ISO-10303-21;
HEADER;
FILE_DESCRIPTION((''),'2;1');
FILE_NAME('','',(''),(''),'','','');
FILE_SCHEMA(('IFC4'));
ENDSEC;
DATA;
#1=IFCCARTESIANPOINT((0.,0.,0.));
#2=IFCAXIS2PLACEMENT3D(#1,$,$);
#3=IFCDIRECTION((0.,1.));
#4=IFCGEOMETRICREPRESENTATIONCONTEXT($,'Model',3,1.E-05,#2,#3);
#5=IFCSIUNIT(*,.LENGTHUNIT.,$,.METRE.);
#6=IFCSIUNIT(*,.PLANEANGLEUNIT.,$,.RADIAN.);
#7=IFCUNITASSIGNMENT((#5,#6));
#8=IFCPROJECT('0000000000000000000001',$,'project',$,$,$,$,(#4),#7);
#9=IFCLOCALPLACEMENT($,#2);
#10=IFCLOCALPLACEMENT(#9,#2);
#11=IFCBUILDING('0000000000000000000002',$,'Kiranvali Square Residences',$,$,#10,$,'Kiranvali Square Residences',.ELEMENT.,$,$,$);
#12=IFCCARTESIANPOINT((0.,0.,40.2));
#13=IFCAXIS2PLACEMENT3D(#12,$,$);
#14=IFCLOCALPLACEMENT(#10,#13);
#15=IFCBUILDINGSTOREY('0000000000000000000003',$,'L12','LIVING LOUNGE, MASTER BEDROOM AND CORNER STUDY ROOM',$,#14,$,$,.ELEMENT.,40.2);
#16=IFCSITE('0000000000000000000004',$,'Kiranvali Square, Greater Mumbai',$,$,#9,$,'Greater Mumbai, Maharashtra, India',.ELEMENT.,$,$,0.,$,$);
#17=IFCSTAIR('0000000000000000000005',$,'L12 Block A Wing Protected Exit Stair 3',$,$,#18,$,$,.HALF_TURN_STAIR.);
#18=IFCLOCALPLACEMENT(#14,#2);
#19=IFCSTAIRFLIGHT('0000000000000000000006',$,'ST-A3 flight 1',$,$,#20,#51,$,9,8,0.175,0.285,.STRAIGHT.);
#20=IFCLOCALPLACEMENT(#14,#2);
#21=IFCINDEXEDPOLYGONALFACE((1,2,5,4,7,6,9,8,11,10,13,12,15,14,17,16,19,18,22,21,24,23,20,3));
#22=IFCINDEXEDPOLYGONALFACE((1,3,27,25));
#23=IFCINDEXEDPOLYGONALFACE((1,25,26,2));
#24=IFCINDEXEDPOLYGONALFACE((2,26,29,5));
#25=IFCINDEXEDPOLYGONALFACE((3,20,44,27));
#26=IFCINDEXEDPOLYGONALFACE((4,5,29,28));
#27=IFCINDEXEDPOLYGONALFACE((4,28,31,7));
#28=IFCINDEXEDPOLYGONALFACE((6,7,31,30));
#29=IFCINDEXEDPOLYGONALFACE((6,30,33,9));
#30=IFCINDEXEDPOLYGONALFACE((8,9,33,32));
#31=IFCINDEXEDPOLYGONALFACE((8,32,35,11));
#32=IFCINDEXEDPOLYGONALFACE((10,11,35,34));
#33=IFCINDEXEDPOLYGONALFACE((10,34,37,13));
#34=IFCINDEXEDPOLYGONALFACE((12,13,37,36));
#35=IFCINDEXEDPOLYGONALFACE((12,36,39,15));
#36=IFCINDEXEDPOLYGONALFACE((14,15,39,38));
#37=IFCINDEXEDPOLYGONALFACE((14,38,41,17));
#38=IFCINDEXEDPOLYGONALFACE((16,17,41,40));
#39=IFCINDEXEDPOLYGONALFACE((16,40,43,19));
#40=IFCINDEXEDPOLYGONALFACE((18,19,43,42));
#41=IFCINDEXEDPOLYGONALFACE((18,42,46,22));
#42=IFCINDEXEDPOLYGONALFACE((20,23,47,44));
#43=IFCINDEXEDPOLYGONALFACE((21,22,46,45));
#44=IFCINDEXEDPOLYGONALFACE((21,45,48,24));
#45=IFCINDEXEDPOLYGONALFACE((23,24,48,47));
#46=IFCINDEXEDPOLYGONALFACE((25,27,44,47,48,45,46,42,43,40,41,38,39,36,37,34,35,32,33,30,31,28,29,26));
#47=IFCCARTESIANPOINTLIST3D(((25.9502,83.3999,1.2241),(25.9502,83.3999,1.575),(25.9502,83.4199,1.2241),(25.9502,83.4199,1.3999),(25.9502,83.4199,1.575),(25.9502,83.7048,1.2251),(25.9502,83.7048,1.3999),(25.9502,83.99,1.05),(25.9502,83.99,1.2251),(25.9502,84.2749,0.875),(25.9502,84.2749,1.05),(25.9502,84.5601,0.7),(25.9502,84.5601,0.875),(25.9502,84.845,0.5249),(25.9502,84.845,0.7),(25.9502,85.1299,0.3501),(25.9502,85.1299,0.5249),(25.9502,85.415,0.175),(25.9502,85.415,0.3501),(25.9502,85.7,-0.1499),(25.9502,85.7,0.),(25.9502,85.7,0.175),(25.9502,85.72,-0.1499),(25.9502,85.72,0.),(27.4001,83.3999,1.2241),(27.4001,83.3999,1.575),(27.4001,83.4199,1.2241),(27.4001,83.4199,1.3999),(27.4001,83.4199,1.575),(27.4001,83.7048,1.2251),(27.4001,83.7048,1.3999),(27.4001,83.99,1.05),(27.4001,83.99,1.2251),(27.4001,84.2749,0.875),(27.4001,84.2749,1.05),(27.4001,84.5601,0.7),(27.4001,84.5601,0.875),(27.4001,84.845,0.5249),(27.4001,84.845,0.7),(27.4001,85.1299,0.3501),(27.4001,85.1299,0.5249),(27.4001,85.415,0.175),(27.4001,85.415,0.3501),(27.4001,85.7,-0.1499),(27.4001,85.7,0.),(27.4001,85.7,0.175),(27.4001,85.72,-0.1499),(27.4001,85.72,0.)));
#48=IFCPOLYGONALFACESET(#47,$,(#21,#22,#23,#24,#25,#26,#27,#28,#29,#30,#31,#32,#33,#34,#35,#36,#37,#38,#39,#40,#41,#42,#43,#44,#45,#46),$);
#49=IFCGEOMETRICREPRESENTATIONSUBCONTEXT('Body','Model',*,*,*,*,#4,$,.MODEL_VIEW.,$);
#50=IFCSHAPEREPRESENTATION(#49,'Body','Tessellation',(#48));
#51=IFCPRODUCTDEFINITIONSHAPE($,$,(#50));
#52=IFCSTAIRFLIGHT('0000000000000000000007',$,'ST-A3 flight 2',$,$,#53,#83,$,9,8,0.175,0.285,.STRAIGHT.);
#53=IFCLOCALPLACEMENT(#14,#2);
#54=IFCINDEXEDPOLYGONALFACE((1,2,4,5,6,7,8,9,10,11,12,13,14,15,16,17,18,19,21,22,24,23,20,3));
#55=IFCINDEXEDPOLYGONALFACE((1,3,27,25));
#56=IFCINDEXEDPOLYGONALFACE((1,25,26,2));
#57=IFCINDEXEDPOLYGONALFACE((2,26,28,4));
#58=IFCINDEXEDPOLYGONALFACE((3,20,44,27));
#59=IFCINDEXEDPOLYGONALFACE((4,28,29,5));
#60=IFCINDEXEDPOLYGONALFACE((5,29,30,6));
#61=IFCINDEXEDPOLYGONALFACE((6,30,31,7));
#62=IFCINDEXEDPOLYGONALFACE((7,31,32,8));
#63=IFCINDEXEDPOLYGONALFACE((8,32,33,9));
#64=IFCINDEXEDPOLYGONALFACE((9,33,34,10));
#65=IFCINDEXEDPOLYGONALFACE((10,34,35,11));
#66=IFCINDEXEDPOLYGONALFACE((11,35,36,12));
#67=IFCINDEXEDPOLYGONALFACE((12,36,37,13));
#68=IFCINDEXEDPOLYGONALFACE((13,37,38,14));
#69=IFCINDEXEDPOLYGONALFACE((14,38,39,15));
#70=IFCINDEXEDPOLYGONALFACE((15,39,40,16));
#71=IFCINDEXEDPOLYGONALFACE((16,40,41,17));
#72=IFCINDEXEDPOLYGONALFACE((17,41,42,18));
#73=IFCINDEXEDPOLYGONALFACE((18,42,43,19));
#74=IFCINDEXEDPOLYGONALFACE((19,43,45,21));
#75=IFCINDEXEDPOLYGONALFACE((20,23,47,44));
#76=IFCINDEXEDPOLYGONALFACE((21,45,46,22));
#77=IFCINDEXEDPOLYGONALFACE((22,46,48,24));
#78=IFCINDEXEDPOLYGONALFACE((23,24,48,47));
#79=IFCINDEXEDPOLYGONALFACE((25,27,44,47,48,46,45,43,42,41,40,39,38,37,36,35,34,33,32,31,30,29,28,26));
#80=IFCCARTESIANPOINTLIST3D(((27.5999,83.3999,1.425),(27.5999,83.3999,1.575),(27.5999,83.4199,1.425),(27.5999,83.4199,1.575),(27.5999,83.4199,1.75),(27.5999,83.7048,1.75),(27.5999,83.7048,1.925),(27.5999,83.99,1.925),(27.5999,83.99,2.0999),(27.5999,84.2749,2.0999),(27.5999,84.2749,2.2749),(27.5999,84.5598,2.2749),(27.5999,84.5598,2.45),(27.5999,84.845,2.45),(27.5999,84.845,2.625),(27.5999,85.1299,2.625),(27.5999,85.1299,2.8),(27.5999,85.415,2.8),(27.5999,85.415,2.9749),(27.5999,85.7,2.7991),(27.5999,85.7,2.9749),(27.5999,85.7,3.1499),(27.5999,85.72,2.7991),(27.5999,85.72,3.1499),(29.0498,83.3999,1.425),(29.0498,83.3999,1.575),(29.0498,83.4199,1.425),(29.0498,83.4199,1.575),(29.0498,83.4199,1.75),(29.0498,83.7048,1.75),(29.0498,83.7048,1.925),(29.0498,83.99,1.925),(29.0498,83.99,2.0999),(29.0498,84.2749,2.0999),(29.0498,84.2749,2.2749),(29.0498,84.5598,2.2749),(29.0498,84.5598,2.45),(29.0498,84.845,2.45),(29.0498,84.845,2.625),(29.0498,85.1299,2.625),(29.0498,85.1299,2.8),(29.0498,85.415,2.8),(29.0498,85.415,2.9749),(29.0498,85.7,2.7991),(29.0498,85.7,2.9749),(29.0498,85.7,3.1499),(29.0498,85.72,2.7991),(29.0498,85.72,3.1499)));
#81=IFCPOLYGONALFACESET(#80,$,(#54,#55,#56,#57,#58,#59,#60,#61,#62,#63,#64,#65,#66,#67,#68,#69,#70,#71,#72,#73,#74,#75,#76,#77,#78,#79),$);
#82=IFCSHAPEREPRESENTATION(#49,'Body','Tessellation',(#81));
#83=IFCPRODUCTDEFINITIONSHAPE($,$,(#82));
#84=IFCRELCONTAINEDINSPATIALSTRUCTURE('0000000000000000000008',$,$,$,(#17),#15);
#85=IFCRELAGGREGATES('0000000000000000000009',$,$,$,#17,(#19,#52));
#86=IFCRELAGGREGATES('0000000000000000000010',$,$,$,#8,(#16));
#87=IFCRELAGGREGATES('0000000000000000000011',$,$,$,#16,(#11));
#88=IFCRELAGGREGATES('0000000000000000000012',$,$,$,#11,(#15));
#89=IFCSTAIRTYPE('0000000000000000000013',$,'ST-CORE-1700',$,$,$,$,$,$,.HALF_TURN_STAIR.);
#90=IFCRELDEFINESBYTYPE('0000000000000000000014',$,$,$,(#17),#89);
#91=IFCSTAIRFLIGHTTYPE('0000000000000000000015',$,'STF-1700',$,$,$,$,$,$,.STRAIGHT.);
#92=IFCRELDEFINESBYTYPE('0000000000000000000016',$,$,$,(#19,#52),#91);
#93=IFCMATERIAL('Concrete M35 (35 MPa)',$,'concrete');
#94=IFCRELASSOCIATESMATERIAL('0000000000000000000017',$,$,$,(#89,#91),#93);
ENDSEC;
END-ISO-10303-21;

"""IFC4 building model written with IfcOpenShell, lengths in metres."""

from ifc_helpers import new_model, si_unit, direction, frame, origin, place, context, subcontext, project, spatial, polyline, outline, extrude, material, type_object, element, aggregate, save


model = new_model("IFC4")

# Units and contexts
model_context = context("Model", 3, precision=1e-05, world=origin(), true_north=direction((0.0, 1.0)))
body_context = subcontext(model_context, "Body", "Model", "MODEL_VIEW")
ifc_project = project(units=[si_unit("LENGTHUNIT", "METRE"), si_unit("PLANEANGLEUNIT", "RADIAN")], contexts=[model_context])

# Site, building, storey
site_placement = place(None, origin())
site = spatial("IfcSite", under=ifc_project, at=site_placement, Name="Kiranvali Square, Greater Mumbai", LongName="Greater Mumbai, Maharashtra, India", CompositionType="ELEMENT", RefElevation=0.0)
building_placement = place(site_placement, origin())
building = spatial("IfcBuilding", under=site, at=building_placement, Name="Kiranvali Square Residences", LongName="Kiranvali Square Residences", CompositionType="ELEMENT")
storey_placement = place(building_placement, frame((0.0, 0.0, 40.2)))
storey = spatial("IfcBuildingStorey", under=building, at=storey_placement, Name="L12", Description="LIVING LOUNGE, MASTER BEDROOM AND CORNER STUDY ROOM", CompositionType="ELEMENT", Elevation=40.2)

# Stair, stair flights
ifc_material_1 = material(Name="Concrete M35 (35 MPa)", Category="concrete")
stair_type = type_object("IfcStairType", Name="ST-CORE-1700", PredefinedType="HALF_TURN_STAIR", material=ifc_material_1)
stair_placement = place(storey_placement, origin())
stair = element("IfcStair", 1, at=stair_placement, inside=storey, type_object=stair_type, Name="L12 Block A Wing Protected Exit Stair 3", PredefinedType="HALF_TURN_STAIR")
stair_flight_type = type_object("IfcStairFlightType", Name="STF-1700", PredefinedType="STRAIGHT", material=ifc_material_1)
stair_flight_1_placement = place(storey_placement, frame((26.675, 85.7, 0.0), z_axis=(0.0, 0.0, 1.0), x_axis=(0.0, -1.0, 0.0)))
stair_flight_1 = element("IfcStairFlight", 2, at=stair_flight_1_placement, type_object=stair_flight_type, Name="ST-A3 flight 1", NumberOfRisers=9, NumberOfTreads=8, PredefinedType="STRAIGHT", RiserHeight=0.175, TreadLength=0.285, context=body_context, shape_type="SweptSolid", body=[
    extrude(outline(polyline([(-0.02, -0.1499), (-0.02, 0.0), (0.0, 0.0), (0.0, 0.175), (0.2849, 0.175), (0.2849, 0.3501), (0.5701, 0.3501), (0.5701, 0.5249), (0.855, 0.5249), (0.855, 0.7), (1.1399, 0.7), (1.1399, 0.875), (1.425, 0.875), (1.425, 1.05), (1.71, 1.05), (1.71, 1.2251), (1.9951, 1.2251), (1.9951, 1.3999), (2.28, 1.3999), (2.28, 1.575), (2.3, 1.575), (2.3, 1.2241), (2.28, 1.2241), (0.0, -0.1499), (-0.02, -0.1499)])), frame((0.0, 0.7251, 0.0), z_axis=(0.0, -1.0, 0.0), x_axis=(1.0, 0.0, 0.0)), (0.0, 0.0, 1.0), 1.45),
])
stair_flight_2_placement = place(storey_placement, frame((28.325, 83.4199, 1.575), z_axis=(0.0, 0.0, 1.0), x_axis=(0.0, 1.0, 0.0)))
stair_flight_2 = element("IfcStairFlight", 3, at=stair_flight_2_placement, type_object=stair_flight_type, Name="ST-A3 flight 2", NumberOfRisers=9, NumberOfTreads=8, PredefinedType="STRAIGHT", RiserHeight=0.175, TreadLength=0.285, context=body_context, shape_type="SweptSolid", body=[
    extrude(outline(polyline([(-0.02, -0.1499), (-0.02, 0.0), (0.0, 0.0), (0.0, 0.175), (0.2849, 0.175), (0.2849, 0.3501), (0.5701, 0.3501), (0.5701, 0.5249), (0.855, 0.5249), (0.855, 0.7), (1.1399, 0.7), (1.1399, 0.875), (1.425, 0.875), (1.425, 1.05), (1.71, 1.05), (1.71, 1.2251), (1.9951, 1.2251), (1.9951, 1.3999), (2.28, 1.3999), (2.28, 1.575), (2.3, 1.575), (2.3, 1.2241), (2.28, 1.2241), (0.0, -0.1499), (-0.02, -0.1499)])), frame((0.0, 0.7251, 0.0), z_axis=(0.0, -1.0, 0.0), x_axis=(1.0, 0.0, 0.0)), (0.0, 0.0, 1.0), 1.45),
])
aggregate(stair, [stair_flight_1, stair_flight_2])

save(model, "model.ifc")
